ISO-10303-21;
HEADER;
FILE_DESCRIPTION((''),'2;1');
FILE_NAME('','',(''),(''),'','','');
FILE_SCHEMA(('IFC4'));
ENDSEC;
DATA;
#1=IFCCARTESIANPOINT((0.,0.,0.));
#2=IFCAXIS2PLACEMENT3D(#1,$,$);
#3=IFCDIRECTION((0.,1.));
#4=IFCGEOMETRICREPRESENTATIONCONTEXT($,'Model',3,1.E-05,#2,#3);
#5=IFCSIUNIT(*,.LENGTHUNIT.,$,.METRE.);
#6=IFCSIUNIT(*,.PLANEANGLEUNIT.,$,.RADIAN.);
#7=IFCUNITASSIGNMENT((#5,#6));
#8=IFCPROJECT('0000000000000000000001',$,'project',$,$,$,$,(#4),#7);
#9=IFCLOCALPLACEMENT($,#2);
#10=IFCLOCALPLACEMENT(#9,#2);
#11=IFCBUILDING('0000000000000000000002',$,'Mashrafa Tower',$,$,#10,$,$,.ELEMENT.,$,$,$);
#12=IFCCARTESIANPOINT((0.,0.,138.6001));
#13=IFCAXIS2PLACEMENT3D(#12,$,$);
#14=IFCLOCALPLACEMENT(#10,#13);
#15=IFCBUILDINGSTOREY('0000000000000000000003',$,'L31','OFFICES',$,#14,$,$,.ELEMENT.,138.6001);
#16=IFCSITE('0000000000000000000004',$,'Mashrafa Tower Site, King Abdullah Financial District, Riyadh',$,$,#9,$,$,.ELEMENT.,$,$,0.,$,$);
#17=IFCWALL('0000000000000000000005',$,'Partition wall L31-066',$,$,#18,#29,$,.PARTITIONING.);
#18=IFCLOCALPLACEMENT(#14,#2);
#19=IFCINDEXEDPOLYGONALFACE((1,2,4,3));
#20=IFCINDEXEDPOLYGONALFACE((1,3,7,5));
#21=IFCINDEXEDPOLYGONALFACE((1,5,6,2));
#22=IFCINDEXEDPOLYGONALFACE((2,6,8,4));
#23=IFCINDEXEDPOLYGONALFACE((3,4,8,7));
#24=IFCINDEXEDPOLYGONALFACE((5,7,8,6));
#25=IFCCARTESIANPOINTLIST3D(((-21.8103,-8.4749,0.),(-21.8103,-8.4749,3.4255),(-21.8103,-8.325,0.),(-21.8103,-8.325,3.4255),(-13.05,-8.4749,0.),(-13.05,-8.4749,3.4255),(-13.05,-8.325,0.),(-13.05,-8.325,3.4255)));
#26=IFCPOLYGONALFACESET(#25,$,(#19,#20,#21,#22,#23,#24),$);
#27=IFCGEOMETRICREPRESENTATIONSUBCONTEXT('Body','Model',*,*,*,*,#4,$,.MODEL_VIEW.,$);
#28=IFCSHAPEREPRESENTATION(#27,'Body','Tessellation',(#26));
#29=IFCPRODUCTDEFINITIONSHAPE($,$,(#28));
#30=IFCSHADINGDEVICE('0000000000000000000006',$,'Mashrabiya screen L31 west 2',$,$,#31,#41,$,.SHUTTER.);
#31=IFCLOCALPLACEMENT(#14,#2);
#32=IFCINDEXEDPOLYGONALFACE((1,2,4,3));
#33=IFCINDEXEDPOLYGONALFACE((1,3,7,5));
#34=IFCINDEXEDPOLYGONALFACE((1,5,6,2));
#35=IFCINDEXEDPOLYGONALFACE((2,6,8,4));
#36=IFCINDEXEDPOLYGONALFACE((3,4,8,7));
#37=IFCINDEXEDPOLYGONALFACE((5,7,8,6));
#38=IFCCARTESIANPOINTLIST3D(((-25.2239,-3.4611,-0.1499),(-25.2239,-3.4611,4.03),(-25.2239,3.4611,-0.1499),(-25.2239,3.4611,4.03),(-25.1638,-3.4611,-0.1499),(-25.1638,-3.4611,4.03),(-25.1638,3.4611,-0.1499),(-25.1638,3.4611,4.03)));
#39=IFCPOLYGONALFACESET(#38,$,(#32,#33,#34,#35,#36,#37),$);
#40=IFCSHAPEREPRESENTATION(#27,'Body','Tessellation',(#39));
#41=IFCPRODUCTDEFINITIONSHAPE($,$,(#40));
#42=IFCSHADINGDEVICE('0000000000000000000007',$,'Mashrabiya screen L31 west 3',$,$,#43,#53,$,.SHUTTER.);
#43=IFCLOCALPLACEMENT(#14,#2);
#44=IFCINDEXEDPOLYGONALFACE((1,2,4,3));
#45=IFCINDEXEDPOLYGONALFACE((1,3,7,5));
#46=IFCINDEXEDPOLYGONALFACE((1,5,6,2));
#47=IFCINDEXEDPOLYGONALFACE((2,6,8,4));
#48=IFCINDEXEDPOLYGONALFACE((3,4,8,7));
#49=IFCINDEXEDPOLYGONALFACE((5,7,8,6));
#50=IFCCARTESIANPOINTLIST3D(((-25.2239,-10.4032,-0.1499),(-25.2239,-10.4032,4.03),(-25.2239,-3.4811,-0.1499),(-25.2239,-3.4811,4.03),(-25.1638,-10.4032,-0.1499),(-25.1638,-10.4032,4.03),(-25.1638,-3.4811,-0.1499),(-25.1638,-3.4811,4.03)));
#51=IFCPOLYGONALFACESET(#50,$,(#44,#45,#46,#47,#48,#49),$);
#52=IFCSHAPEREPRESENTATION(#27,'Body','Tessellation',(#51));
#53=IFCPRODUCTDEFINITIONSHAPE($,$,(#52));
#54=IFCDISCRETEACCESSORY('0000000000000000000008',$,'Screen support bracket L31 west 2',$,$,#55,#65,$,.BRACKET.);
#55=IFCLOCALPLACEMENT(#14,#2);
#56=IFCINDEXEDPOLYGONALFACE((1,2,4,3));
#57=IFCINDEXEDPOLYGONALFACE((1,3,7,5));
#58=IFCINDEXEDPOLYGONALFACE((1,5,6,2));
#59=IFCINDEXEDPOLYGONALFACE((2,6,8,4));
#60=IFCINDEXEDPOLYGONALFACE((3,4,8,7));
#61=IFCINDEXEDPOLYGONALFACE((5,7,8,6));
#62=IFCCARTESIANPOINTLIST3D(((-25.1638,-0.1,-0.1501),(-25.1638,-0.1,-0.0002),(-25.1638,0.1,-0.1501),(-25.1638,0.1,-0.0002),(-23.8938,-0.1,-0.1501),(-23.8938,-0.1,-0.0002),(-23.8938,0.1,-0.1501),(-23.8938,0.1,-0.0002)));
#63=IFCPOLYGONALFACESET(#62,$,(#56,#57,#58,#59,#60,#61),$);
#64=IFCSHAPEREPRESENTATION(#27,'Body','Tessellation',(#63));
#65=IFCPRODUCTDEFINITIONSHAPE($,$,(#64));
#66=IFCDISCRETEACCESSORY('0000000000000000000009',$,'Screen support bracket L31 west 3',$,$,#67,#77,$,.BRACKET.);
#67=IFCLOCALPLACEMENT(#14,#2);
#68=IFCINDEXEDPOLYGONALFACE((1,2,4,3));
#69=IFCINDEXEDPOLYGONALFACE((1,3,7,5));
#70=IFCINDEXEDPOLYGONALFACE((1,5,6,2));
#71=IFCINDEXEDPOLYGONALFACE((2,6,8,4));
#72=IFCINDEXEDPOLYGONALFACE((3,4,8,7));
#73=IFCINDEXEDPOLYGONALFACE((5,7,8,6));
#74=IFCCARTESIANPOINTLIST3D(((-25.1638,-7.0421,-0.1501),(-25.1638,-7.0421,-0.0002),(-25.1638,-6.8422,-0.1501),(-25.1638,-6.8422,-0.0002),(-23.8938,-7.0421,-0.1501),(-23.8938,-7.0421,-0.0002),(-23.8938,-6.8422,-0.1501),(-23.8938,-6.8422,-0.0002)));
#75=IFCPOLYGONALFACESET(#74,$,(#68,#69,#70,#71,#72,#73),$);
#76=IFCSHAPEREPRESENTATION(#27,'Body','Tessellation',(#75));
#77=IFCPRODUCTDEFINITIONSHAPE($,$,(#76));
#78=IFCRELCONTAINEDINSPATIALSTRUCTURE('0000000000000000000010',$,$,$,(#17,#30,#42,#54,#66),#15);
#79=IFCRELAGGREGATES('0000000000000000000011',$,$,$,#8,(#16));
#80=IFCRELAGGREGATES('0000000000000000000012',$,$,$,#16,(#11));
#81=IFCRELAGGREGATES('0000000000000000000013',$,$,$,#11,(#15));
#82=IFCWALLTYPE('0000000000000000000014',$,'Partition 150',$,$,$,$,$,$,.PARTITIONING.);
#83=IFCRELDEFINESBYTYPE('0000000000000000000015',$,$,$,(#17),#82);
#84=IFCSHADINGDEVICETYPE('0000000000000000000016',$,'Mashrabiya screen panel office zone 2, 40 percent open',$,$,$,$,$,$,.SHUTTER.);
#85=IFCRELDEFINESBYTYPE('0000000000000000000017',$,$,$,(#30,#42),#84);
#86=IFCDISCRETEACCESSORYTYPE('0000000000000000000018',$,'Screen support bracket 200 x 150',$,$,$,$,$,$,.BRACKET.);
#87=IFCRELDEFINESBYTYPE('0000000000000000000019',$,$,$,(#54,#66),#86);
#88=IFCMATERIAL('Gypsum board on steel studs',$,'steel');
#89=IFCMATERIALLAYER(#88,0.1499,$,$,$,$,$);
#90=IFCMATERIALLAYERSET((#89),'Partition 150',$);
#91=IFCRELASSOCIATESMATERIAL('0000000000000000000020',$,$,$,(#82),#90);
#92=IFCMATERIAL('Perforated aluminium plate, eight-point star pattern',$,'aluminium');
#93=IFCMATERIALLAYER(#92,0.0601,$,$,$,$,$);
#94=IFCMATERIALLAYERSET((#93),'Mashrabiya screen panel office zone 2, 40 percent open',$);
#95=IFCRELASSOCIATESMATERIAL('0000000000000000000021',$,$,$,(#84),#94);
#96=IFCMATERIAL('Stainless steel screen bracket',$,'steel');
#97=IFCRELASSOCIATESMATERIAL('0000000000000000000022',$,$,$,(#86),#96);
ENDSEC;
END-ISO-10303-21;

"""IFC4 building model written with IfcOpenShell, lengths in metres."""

from ifc_helpers import new_model, si_unit, direction, frame, frame_2d, origin, origin_2d, place, context, subcontext, project, spatial, rectangle, extrude, source, transform, mapped, material, layer, layer_set, type_object, type_shapes, element, save


model = new_model("IFC4")

# Units and contexts
model_context = context("Model", 3, precision=1e-05, world=origin(), true_north=direction((0.0, 1.0)))
body_context = subcontext(model_context, "Body", "Model", "MODEL_VIEW")
ifc_project = project(units=[si_unit("LENGTHUNIT", "METRE"), si_unit("PLANEANGLEUNIT", "RADIAN")], contexts=[model_context])

# Site, building, storey
site_placement = place(None, origin())
site = spatial("IfcSite", under=ifc_project, at=site_placement, Name="Mashrafa Tower Site, King Abdullah Financial District, Riyadh", CompositionType="ELEMENT", RefElevation=0.0)
building_placement = place(site_placement, origin())
building = spatial("IfcBuilding", under=site, at=building_placement, Name="Mashrafa Tower", CompositionType="ELEMENT")
storey_placement = place(building_placement, frame((0.0, 0.0, 138.6001)))
storey = spatial("IfcBuildingStorey", under=building, at=storey_placement, Name="L31", Description="OFFICES", CompositionType="ELEMENT", Elevation=138.6001)

# Wall
ifc_material_1 = material(Name="Gypsum board on steel studs", Category="steel")
ifc_layer_1 = layer(ifc_material_1, 0.1499)
ifc_layer_set_1 = layer_set([ifc_layer_1], Name="Partition 150")
wall_type_1 = type_object("IfcWallType", Name="Partition 150", PredefinedType="PARTITIONING", material=ifc_layer_set_1)
wall_1_placement = place(storey_placement, frame((-21.8103, -8.3999, 0.0), z_axis=(0.0, 0.0, 1.0), x_axis=(1.0, 0.0, 0.0)))
element("IfcWall", 1, at=wall_1_placement, inside=storey, type_object=wall_type_1, Name="Partition wall L31-066", PredefinedType="PARTITIONING", context=body_context, shape_type="SweptSolid", body=[
    extrude(rectangle(XDim=8.7603, YDim=0.1499, at=frame_2d((4.3801, 0.0))), origin(), (0.0, 0.0, 1.0), 3.4255),
])

# Shading devices
ifc_material_2 = material(Name="Perforated aluminium plate, eight-point star pattern", Category="aluminium")
ifc_layer_2 = layer(ifc_material_2, 0.0601)
ifc_layer_set_2 = layer_set([ifc_layer_2], Name="Mashrabiya screen panel office zone 2, 40 percent open")
shading_device_type = type_object("IfcShadingDeviceType", Name="Mashrabiya screen panel office zone 2, 40 percent open", PredefinedType="SHUTTER", material=ifc_layer_set_2)
shared_shape_1 = source(origin(), body_context, "Body", "SweptSolid", [
    extrude(rectangle(XDim=6.9221, YDim=0.0601, at=origin_2d()), origin(), (0.0, 0.0, 1.0), 4.1799),
])
type_shapes(shading_device_type, [shared_shape_1])
for number, where, z_axis, x_axis, name in (
    (2, (-25.1938, 0.0, -0.1499), (0.0, 0.0, 1.0), (0.0, -1.0, 0.0), "Mashrabiya screen L31 west 2"),
    (3, (-25.1938, -6.9421, -0.1499), (0.0, 0.0, 1.0), (0.0, -1.0, 0.0), "Mashrabiya screen L31 west 3"),
):
    element("IfcShadingDevice", number, at=place(storey_placement, frame(where, z_axis=z_axis, x_axis=x_axis)), inside=storey, type_object=shading_device_type, Name=name, PredefinedType="SHUTTER", context=body_context, shape_type="MappedRepresentation", body=[
        mapped(shared_shape_1, transform((0.0, 0.0, 0.0))),
    ])

# Discrete accessories
ifc_material_3 = material(Name="Stainless steel screen bracket", Category="steel")
discrete_accessory_type = type_object("IfcDiscreteAccessoryType", Name="Screen support bracket 200 x 150", PredefinedType="BRACKET", material=ifc_material_3)
shared_shape_2 = source(origin(), body_context, "Body", "SweptSolid", [
    extrude(rectangle(XDim=0.2, YDim=1.27, at=origin_2d()), origin(), (0.0, 0.0, 1.0), 0.1499),
])
type_shapes(discrete_accessory_type, [shared_shape_2])
for number, where, z_axis, x_axis, name in (
    (4, (-24.5288, 0.0, -0.1501), (0.0, 0.0, 1.0), (0.0, -1.0, 0.0), "Screen support bracket L31 west 2"),
    (5, (-24.5288, -6.9421, -0.1501), (0.0, 0.0, 1.0), (0.0, -1.0, 0.0), "Screen support bracket L31 west 3"),
):
    element("IfcDiscreteAccessory", number, at=place(storey_placement, frame(where, z_axis=z_axis, x_axis=x_axis)), inside=storey, type_object=discrete_accessory_type, Name=name, PredefinedType="BRACKET", context=body_context, shape_type="MappedRepresentation", body=[
        mapped(shared_shape_2, transform((0.0, 0.0, 0.0))),
    ])

save(model, "model.ifc")
